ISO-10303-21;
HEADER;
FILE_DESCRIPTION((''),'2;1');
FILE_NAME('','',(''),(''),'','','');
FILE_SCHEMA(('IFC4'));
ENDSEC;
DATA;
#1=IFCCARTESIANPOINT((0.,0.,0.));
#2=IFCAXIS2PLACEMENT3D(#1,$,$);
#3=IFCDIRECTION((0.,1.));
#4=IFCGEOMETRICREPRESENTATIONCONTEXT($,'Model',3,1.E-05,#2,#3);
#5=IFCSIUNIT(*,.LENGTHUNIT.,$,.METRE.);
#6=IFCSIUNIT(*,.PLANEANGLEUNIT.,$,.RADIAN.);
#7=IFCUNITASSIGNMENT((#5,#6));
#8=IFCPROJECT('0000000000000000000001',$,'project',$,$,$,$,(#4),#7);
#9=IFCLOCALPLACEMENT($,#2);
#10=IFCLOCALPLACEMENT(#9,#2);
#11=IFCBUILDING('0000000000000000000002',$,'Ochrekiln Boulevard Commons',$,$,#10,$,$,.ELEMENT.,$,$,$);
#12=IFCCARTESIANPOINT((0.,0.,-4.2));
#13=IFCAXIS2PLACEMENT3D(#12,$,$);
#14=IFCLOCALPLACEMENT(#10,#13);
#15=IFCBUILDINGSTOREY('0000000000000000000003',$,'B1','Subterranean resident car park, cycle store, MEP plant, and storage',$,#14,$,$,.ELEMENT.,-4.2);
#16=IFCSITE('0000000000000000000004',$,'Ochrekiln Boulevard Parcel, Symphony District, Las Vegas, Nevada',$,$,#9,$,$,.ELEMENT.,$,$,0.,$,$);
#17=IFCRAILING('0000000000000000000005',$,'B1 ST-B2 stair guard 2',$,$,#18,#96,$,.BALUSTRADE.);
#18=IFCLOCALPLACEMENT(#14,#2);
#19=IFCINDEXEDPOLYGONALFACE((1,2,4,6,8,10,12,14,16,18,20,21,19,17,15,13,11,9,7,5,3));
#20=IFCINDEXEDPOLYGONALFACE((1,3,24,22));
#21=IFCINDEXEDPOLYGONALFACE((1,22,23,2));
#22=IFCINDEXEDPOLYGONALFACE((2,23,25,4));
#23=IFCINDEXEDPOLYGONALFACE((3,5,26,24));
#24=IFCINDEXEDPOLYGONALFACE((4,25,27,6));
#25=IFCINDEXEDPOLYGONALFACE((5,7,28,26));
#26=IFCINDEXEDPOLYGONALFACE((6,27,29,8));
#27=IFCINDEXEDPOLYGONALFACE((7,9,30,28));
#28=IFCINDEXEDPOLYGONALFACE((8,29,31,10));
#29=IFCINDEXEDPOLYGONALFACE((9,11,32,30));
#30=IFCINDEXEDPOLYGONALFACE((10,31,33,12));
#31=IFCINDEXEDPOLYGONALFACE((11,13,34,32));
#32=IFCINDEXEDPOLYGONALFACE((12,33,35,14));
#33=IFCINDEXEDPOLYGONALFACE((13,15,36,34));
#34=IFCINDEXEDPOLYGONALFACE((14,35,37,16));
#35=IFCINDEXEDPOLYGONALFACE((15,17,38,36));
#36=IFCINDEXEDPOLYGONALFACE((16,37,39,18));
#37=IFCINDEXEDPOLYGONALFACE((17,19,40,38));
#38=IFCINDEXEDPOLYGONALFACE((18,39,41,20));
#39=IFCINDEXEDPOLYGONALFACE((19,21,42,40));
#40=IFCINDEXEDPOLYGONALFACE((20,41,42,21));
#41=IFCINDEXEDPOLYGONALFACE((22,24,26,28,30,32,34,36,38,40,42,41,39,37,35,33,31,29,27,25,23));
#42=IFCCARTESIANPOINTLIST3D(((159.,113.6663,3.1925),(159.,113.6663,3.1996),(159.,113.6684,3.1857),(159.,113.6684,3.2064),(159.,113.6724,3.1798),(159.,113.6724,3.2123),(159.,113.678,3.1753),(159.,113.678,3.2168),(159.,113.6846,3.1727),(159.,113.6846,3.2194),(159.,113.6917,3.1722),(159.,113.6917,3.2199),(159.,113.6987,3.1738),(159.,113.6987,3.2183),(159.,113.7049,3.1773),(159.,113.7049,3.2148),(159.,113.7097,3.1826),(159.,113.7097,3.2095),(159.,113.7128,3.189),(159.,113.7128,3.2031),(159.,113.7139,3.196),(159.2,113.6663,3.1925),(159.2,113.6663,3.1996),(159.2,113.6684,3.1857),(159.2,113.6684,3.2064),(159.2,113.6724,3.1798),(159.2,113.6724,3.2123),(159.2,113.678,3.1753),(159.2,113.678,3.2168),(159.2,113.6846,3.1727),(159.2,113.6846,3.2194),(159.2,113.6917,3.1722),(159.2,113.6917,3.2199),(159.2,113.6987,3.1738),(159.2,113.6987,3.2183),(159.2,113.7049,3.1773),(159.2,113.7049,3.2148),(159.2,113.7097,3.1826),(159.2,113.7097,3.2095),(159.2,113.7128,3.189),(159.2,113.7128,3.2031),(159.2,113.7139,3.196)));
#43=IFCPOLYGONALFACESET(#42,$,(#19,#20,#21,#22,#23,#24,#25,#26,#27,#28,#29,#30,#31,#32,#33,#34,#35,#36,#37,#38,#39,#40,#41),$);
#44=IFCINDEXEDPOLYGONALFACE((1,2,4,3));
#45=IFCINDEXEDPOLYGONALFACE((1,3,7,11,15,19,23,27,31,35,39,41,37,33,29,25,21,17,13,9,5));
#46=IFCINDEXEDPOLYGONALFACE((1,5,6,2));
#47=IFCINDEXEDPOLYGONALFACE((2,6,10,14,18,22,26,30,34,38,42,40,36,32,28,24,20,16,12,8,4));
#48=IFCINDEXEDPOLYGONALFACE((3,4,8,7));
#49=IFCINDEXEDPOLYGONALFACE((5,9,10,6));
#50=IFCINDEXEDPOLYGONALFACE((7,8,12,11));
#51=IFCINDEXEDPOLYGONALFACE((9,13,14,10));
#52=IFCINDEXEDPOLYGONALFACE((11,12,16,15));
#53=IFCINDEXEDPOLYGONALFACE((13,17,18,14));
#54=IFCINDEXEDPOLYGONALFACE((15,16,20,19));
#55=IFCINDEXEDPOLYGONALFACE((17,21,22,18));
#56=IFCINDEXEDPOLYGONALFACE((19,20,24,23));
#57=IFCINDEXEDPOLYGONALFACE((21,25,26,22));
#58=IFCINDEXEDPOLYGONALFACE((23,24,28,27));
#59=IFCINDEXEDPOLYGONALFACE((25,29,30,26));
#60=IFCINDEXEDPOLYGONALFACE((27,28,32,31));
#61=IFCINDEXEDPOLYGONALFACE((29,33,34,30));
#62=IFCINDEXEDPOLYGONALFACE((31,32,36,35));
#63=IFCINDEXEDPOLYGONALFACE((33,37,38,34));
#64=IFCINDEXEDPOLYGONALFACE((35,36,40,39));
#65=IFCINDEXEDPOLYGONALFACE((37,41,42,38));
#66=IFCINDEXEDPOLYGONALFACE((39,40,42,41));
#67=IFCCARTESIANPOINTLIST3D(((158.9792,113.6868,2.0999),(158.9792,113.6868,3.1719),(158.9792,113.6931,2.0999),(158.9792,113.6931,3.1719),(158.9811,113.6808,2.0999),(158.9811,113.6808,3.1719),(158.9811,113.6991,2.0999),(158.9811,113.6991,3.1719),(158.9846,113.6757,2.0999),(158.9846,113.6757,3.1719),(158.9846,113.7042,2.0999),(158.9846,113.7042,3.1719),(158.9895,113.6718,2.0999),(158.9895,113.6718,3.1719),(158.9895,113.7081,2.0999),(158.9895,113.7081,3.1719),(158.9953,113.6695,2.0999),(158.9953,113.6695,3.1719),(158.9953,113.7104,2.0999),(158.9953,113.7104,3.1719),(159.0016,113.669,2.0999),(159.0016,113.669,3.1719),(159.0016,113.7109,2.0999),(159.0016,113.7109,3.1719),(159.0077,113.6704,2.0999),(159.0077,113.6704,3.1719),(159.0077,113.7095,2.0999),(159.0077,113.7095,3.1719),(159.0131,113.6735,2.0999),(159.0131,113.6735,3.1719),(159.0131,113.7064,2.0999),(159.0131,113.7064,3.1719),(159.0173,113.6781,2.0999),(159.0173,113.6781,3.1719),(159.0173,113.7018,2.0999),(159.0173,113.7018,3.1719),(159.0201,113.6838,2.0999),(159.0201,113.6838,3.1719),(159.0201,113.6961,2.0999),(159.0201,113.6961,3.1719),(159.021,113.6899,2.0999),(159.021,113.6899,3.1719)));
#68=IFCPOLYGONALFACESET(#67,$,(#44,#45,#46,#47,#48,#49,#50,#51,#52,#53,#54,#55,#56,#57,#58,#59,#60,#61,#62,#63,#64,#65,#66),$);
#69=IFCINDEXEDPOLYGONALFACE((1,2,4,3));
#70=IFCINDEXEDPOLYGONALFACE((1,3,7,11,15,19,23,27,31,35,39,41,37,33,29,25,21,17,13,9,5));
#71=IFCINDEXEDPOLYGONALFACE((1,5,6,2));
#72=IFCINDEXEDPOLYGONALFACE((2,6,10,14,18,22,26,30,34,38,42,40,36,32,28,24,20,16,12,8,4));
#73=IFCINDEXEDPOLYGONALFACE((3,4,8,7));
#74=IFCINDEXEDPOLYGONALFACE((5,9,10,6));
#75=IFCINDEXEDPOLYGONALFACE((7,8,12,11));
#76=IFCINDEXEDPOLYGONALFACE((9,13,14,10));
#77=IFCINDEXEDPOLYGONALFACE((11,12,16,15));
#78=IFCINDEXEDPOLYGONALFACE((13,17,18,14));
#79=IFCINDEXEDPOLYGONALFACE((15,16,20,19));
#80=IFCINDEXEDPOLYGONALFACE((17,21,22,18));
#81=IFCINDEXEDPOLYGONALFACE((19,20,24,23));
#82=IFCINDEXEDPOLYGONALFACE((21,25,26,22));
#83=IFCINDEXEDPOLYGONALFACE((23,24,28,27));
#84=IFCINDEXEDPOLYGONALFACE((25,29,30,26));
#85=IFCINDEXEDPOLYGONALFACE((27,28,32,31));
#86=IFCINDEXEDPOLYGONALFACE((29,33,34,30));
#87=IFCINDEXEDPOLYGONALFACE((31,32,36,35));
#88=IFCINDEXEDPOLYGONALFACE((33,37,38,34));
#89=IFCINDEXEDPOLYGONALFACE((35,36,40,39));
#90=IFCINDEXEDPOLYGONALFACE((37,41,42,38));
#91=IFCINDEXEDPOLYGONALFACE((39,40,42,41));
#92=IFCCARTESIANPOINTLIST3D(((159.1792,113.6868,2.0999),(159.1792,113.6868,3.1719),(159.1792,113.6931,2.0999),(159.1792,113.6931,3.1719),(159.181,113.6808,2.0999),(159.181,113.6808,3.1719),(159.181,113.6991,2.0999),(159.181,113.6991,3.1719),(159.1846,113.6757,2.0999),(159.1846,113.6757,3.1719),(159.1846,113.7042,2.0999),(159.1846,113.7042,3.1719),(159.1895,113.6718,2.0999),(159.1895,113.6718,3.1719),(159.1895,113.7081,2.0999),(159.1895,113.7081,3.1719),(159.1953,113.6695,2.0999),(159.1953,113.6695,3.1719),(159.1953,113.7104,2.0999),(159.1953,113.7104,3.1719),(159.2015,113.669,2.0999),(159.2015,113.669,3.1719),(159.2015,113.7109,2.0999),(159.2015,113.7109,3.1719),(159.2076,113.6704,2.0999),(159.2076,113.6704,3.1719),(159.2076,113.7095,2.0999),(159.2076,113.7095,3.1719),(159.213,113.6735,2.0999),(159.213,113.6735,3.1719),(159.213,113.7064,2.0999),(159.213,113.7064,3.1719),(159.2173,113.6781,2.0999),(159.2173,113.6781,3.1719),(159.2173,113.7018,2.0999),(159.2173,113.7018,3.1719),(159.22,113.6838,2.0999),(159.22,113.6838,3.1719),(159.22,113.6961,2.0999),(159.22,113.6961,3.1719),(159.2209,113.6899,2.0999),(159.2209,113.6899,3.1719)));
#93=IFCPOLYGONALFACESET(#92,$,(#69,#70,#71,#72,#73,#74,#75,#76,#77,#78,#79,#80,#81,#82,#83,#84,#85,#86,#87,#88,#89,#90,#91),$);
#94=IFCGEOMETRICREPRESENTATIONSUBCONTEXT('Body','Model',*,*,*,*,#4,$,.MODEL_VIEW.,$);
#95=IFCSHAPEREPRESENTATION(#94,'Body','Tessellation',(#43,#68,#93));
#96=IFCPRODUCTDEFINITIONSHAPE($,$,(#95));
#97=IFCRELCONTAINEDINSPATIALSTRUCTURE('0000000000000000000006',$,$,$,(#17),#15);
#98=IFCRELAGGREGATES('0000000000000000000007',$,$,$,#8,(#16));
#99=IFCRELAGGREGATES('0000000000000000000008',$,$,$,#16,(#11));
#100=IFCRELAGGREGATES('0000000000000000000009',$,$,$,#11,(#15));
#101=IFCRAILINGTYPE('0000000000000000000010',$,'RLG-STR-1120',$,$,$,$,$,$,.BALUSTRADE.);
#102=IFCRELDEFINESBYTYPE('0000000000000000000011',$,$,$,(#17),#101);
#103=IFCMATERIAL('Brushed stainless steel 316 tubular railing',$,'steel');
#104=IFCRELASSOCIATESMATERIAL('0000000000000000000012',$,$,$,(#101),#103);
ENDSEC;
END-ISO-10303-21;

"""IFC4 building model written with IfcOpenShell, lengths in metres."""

from ifc_helpers import new_model, si_unit, direction, frame, origin, origin_2d, place, context, subcontext, project, spatial, circle, extrude, material, type_object, element, save


model = new_model("IFC4")

# Units and contexts
model_context = context("Model", 3, precision=1e-05, world=origin(), true_north=direction((0.0, 1.0)))
body_context = subcontext(model_context, "Body", "Model", "MODEL_VIEW")
ifc_project = project(units=[si_unit("LENGTHUNIT", "METRE"), si_unit("PLANEANGLEUNIT", "RADIAN")], contexts=[model_context])

# Site, building, storey
site_placement = place(None, origin())
site = spatial("IfcSite", under=ifc_project, at=site_placement, Name="Ochrekiln Boulevard Parcel, Symphony District, Las Vegas, Nevada", CompositionType="ELEMENT", RefElevation=0.0)
building_placement = place(site_placement, origin())
building = spatial("IfcBuilding", under=site, at=building_placement, Name="Ochrekiln Boulevard Commons", CompositionType="ELEMENT")
storey_placement = place(building_placement, frame((0.0, 0.0, -4.2)))
storey = spatial("IfcBuildingStorey", under=building, at=storey_placement, Name="B1", Description="Subterranean resident car park, cycle store, MEP plant, and storage", CompositionType="ELEMENT", Elevation=-4.2)

# Railing
ifc_material_1 = material(Name="Brushed stainless steel 316 tubular railing", Category="steel")
railing_type_1 = type_object("IfcRailingType", Name="RLG-STR-1120", PredefinedType="BALUSTRADE", material=ifc_material_1)
railing_1_placement = place(storey_placement, frame((159.0, 113.6899, 2.0999)))
element("IfcRailing", 1, at=railing_1_placement, inside=storey, type_object=railing_type_1, Name="B1 ST-B2 stair guard 2", PredefinedType="BALUSTRADE", context=body_context, shape_type="SweptSolid", body=[
    extrude(circle(Radius=0.0239, at=origin_2d()), frame((0.0, 0.0, 1.0962), z_axis=(1.0, 0.0, 0.0), x_axis=(0.0, 1.0, 0.0)), (0.0, 0.0, 1.0), 0.2),
    extrude(circle(Radius=0.021, at=origin_2d()), origin(), (0.0, 0.0, 1.0), 1.072),
    extrude(circle(Radius=0.021, at=origin_2d()), frame((0.2, 0.0, 0.0)), (0.0, 0.0, 1.0), 1.072),
])

save(model, "model.ifc")
